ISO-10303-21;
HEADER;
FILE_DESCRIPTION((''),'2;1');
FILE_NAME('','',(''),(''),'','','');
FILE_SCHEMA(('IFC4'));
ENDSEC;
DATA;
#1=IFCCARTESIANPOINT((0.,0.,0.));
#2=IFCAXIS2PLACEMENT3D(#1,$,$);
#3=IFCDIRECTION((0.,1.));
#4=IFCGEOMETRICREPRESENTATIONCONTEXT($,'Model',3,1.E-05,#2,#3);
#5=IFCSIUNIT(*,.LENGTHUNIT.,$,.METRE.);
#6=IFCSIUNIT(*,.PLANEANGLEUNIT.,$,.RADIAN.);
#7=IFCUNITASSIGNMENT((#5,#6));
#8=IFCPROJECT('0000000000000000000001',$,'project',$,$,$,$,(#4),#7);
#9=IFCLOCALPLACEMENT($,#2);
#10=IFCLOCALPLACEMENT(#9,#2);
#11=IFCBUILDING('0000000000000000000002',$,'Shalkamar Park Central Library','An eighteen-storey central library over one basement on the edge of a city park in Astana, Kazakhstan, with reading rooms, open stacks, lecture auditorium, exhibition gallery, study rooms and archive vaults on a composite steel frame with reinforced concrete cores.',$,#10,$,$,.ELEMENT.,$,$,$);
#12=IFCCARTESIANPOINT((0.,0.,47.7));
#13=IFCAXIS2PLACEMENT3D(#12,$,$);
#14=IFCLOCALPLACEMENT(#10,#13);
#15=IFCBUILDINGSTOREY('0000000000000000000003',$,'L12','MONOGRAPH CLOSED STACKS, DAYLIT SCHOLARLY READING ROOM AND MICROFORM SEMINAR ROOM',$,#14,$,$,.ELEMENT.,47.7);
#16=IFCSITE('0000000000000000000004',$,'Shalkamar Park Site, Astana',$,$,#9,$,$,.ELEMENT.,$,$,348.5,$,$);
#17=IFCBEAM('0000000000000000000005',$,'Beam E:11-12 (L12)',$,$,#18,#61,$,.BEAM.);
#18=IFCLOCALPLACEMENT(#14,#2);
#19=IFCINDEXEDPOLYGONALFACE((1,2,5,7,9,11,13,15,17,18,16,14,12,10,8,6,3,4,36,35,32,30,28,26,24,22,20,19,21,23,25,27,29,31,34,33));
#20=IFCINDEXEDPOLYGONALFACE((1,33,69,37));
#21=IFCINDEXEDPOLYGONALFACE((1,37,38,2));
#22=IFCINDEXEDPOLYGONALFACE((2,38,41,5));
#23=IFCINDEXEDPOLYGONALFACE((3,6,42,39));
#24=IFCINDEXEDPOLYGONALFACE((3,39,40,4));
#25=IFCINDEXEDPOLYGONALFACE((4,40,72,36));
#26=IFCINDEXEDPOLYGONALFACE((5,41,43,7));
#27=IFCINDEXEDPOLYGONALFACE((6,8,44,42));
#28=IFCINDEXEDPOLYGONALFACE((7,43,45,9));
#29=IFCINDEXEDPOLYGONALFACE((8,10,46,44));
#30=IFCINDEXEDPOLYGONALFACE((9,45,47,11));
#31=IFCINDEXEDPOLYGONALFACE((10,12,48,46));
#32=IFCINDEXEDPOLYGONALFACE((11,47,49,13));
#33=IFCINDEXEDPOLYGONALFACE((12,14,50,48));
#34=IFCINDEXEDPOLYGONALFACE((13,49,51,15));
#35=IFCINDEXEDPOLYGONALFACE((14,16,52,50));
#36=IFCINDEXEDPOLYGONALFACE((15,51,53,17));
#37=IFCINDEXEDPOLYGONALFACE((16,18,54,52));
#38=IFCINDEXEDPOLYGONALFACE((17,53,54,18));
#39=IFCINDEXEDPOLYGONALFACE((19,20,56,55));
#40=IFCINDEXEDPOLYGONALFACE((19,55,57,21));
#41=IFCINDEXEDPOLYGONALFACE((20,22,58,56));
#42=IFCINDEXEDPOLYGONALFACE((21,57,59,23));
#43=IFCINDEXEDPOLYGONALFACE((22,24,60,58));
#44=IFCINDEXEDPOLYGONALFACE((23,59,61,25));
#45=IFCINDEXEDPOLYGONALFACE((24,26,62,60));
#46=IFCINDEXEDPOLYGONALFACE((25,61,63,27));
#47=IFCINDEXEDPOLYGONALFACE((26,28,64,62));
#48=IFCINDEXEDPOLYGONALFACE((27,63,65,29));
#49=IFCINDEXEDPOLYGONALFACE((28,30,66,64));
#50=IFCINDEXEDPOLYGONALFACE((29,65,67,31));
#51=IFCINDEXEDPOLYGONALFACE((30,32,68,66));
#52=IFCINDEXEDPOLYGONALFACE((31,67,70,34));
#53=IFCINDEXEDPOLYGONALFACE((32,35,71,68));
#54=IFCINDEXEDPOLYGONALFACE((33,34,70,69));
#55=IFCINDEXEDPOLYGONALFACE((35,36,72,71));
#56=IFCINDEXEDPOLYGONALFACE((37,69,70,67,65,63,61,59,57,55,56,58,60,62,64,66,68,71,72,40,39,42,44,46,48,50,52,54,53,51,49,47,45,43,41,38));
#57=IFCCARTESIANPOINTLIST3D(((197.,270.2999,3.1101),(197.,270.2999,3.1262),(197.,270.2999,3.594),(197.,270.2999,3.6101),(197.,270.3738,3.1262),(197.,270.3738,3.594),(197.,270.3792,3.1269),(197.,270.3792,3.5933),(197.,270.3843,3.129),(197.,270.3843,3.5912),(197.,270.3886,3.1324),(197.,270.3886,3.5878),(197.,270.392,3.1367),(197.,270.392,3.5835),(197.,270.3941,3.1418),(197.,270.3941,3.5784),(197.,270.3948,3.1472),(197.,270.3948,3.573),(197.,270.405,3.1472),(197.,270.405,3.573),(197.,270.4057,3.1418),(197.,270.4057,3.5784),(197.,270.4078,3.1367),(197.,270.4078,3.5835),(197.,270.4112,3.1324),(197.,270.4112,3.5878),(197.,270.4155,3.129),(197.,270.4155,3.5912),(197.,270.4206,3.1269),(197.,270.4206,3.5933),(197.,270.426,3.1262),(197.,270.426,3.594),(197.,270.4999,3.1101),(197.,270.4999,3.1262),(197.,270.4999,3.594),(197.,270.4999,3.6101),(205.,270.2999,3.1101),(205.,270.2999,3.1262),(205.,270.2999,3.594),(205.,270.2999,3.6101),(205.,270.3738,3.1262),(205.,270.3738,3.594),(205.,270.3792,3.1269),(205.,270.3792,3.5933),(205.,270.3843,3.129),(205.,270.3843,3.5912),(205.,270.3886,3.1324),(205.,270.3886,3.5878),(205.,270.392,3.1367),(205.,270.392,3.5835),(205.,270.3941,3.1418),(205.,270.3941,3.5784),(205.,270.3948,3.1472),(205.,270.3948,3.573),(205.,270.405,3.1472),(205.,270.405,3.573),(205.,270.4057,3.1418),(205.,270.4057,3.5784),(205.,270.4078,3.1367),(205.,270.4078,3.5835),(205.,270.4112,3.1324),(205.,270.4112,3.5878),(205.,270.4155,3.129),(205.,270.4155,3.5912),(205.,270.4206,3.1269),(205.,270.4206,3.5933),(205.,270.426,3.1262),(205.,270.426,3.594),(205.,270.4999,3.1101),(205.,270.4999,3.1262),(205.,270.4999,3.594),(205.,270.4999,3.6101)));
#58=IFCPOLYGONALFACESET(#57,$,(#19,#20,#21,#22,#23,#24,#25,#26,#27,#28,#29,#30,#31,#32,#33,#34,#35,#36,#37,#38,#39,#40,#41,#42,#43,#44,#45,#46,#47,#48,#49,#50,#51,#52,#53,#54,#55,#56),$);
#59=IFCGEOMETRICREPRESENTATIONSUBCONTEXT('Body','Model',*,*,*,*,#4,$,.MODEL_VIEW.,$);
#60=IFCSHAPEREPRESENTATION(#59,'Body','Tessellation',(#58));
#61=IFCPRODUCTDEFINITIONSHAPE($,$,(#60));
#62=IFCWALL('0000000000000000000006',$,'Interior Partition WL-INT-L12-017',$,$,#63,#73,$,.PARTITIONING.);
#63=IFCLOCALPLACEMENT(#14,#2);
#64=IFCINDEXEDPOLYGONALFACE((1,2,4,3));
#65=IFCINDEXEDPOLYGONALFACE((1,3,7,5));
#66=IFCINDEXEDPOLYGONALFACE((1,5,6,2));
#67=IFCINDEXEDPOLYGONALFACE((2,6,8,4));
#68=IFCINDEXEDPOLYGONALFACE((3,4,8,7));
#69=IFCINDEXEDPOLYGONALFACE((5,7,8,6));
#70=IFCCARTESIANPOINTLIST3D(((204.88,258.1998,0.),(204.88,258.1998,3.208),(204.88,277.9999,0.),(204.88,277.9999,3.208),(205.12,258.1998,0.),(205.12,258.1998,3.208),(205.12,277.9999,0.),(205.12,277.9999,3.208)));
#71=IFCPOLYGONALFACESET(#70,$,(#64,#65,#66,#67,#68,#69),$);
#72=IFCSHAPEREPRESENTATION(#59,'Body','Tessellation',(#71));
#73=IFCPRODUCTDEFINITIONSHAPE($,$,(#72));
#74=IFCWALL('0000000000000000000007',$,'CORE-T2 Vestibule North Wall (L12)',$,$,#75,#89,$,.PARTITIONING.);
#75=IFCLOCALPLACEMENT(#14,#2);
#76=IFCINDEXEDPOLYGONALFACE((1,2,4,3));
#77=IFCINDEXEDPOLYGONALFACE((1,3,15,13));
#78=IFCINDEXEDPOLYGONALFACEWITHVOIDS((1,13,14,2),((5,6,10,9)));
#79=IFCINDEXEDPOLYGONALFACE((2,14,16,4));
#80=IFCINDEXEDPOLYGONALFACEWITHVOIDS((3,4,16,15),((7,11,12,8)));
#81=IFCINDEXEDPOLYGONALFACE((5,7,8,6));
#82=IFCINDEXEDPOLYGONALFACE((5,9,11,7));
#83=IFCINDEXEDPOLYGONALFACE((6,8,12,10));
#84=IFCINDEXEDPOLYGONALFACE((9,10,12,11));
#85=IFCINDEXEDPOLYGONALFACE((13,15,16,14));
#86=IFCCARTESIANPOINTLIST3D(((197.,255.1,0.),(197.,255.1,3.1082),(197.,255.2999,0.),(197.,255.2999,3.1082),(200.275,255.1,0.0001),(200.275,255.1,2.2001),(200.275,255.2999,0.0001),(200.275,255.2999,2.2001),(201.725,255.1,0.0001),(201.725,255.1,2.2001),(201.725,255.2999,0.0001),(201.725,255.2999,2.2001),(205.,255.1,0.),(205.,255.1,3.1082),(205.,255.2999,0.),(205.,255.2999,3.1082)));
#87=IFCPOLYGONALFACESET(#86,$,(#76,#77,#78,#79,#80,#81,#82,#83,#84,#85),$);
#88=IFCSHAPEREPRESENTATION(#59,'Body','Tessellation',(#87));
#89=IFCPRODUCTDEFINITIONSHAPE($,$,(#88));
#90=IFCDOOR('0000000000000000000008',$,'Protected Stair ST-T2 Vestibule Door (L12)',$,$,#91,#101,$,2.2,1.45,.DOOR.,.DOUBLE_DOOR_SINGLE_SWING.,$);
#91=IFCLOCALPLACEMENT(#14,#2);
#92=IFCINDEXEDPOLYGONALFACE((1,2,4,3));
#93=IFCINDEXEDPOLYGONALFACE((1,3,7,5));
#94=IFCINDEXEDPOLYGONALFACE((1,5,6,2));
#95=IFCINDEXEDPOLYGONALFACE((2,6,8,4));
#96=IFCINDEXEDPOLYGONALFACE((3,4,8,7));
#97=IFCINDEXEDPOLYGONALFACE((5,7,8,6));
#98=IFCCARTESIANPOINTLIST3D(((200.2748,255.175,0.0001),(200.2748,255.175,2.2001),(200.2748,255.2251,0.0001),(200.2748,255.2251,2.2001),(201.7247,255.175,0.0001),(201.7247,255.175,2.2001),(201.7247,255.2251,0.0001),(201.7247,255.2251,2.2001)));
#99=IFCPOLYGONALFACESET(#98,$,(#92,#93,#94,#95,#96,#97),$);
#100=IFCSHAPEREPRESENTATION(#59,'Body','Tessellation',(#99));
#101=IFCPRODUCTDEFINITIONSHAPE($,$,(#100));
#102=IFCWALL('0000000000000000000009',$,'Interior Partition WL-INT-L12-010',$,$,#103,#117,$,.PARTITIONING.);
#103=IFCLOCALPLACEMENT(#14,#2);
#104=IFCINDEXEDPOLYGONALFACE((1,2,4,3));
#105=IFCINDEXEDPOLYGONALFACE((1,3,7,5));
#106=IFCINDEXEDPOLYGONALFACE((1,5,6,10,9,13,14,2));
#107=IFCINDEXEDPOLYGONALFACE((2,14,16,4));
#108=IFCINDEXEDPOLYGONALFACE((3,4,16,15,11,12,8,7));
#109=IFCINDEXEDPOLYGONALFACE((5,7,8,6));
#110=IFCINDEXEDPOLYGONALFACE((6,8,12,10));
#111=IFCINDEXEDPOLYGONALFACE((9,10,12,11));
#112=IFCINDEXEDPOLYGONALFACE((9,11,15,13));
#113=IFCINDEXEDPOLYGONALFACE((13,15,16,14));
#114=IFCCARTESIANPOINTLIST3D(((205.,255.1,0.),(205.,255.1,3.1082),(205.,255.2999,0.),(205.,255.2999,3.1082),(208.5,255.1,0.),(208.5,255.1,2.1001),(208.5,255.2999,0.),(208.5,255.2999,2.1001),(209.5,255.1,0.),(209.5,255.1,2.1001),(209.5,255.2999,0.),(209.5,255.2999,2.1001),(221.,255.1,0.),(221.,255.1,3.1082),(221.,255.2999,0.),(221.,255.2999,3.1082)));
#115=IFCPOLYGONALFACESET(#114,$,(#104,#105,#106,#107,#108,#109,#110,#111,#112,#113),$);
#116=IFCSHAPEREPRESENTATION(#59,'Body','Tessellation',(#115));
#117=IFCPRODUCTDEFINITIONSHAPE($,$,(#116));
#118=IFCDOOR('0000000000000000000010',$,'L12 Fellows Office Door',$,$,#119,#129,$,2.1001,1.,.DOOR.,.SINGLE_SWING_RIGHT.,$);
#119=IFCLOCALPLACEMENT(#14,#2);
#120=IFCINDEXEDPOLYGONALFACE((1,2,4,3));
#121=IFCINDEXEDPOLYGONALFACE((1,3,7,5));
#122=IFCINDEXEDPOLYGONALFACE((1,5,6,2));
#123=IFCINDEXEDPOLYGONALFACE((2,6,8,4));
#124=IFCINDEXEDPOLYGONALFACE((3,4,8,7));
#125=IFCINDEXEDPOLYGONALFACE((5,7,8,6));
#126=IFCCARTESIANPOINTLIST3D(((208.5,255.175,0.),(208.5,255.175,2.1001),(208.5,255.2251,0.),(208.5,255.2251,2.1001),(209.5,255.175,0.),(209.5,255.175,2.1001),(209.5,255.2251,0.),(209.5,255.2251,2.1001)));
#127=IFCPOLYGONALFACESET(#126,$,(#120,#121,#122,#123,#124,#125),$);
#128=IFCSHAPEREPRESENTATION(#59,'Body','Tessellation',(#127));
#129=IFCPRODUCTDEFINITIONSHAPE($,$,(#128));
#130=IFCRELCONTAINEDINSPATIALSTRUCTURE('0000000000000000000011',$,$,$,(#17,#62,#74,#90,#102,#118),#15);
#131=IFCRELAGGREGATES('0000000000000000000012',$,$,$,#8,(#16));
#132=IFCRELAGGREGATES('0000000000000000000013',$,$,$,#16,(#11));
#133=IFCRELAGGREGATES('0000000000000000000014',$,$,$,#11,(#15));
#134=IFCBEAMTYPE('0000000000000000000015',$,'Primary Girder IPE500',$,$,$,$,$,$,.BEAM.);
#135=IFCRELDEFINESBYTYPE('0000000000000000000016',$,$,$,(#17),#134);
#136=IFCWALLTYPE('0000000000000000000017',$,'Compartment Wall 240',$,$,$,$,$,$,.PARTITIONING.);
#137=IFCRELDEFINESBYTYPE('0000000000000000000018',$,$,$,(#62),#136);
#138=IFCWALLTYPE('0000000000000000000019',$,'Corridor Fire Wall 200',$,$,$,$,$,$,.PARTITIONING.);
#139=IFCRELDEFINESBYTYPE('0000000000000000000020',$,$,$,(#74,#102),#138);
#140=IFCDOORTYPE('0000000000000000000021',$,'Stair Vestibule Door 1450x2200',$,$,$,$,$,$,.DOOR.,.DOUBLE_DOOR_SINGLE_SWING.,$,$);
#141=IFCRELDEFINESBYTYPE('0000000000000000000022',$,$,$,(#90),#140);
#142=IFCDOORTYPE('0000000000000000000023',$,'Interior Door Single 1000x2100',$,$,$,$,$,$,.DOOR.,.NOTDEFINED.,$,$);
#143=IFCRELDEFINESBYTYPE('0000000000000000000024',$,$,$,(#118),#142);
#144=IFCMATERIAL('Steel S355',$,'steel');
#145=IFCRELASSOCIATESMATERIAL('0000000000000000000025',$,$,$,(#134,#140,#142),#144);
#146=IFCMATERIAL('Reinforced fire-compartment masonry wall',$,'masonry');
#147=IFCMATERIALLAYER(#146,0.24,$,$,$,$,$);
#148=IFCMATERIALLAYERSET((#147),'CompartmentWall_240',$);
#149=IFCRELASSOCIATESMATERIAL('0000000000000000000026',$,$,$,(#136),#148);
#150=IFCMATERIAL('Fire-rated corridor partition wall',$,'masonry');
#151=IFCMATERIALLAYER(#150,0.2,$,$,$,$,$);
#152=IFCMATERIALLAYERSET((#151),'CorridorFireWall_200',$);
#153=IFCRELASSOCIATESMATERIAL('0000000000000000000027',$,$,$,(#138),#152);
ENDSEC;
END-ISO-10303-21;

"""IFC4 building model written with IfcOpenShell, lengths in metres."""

from ifc_helpers import new_model, si_unit, direction, frame, frame_2d, origin, origin_2d, place, context, subcontext, project, spatial, rectangle, i_section, extrude, material, layer, layer_set, material_profile, profile_set, type_object, element, fill, save


model = new_model("IFC4")

# Units and contexts
model_context = context("Model", 3, precision=1e-05, world=origin(), true_north=direction((0.0, 1.0)))
body_context = subcontext(model_context, "Body", "Model", "MODEL_VIEW")
ifc_project = project(units=[si_unit("LENGTHUNIT", "METRE"), si_unit("PLANEANGLEUNIT", "RADIAN")], contexts=[model_context])

# Site, building, storey
site_placement = place(None, origin())
site = spatial("IfcSite", under=ifc_project, at=site_placement, Name="Shalkamar Park Site, Astana", CompositionType="ELEMENT", RefElevation=348.5)
building_placement = place(site_placement, origin())
building = spatial("IfcBuilding", under=site, at=building_placement, Name="Shalkamar Park Central Library", Description="An eighteen-storey central library over one basement on the edge of a city park in Astana, Kazakhstan, with reading rooms, open stacks, lecture auditorium, exhibition gallery, study rooms and archive vaults on a composite steel frame with reinforced concrete cores.", CompositionType="ELEMENT")
storey_placement = place(building_placement, frame((0.0, 0.0, 47.7)))
storey = spatial("IfcBuildingStorey", under=building, at=storey_placement, Name="L12", Description="MONOGRAPH CLOSED STACKS, DAYLIT SCHOLARLY READING ROOM AND MICROFORM SEMINAR ROOM", CompositionType="ELEMENT", Elevation=47.7)

# Shared definitions
ifc_material_1 = material(Name="Steel S355", Category="steel")

# Beam
ifc_material_profile_1 = material_profile(ifc_material_1, i_section(OverallWidth=0.2, OverallDepth=0.5, WebThickness=0.0103, FlangeThickness=0.0161, FilletRadius=0.021, at=origin_2d()), Name="IPE 500")
ifc_profile_set_1 = profile_set([ifc_material_profile_1], Name="Steel S355")
beam_type_1 = type_object("IfcBeamType", Name="Primary Girder IPE500", PredefinedType="BEAM", material=ifc_profile_set_1)
for number, where, z_axis, x_axis, name in (
    (1, (197.0, 270.3999, 3.3601), (1.0, 0.0, 0.0), (0.0, 1.0, 0.0), "Beam E:11-12 (L12)"),
):
    element("IfcBeam", number, at=place(storey_placement, frame(where, z_axis=z_axis, x_axis=x_axis)), inside=storey, type_object=beam_type_1, Name=name, PredefinedType="BEAM", context=body_context, shape_type="SweptSolid", body=[
        extrude(i_section(OverallWidth=0.2, OverallDepth=0.5, WebThickness=0.0103, FlangeThickness=0.0161, FilletRadius=0.021, at=origin_2d()), origin(), (0.0, 0.0, 1.0), 8.0),
    ])

# Wall
ifc_material_2 = material(Name="Reinforced fire-compartment masonry wall", Category="masonry")
ifc_layer_1 = layer(ifc_material_2, 0.24)
ifc_layer_set_1 = layer_set([ifc_layer_1], Name="CompartmentWall_240")
wall_type_1 = type_object("IfcWallType", Name="Compartment Wall 240", PredefinedType="PARTITIONING", material=ifc_layer_set_1)
wall_1_placement = place(storey_placement, frame((205.0, 258.2, 0.0), z_axis=(0.0, 0.0, 1.0), x_axis=(0.0, 1.0, 0.0)))
element("IfcWall", 2, at=wall_1_placement, inside=storey, type_object=wall_type_1, Name="Interior Partition WL-INT-L12-017", PredefinedType="PARTITIONING", context=body_context, shape_type="SweptSolid", body=[
    extrude(rectangle(XDim=19.8, YDim=0.24, at=frame_2d((9.8999, 0.0))), origin(), (0.0, 0.0, 1.0), 3.208),
])

# Walls, openings, doors
ifc_material_3 = material(Name="Fire-rated corridor partition wall", Category="masonry")
ifc_layer_2 = layer(ifc_material_3, 0.2)
ifc_layer_set_2 = layer_set([ifc_layer_2], Name="CorridorFireWall_200")
wall_type_2 = type_object("IfcWallType", Name="Corridor Fire Wall 200", PredefinedType="PARTITIONING", material=ifc_layer_set_2)
wall_2_placement = place(storey_placement, frame((197.0, 255.2, 0.0), z_axis=(0.0, 0.0, 1.0), x_axis=(1.0, 0.0, 0.0)))
wall_2 = element("IfcWall", 3, at=wall_2_placement, inside=storey, type_object=wall_type_2, Name="CORE-T2 Vestibule North Wall (L12)", PredefinedType="PARTITIONING", context=body_context, shape_type="SweptSolid", body=[
    extrude(rectangle(XDim=8.0, YDim=0.2, at=frame_2d((4.0, 0.0))), origin(), (0.0, 0.0, 1.0), 3.1082),
])
opening_1_placement = place(wall_2_placement, frame((3.2749, 0.0, 0.0)))
opening_1 = element("IfcOpeningElement", 4, at=opening_1_placement, cuts=wall_2, PredefinedType="OPENING", context=body_context, shape_type="SweptSolid", body=[
    extrude(rectangle(XDim=1.45, YDim=2.2, at=frame_2d((0.7251, 1.1001))), frame((0.0, 0.1147, 0.0), z_axis=(0.0, -1.0, 0.0), x_axis=(1.0, 0.0, 0.0)), (0.0, 0.0, 1.0), 0.2297),
])
door_type_1 = type_object("IfcDoorType", Name="Stair Vestibule Door 1450x2200", OperationType="DOUBLE_DOOR_SINGLE_SWING", PredefinedType="DOOR", material=ifc_material_1)
door_1_placement = place(opening_1_placement, frame((1.45, 0.0, 0.0), z_axis=(0.0, 0.0, 1.0), x_axis=(-1.0, 0.0, 0.0)))
door_1 = element("IfcDoor", 5, at=door_1_placement, inside=storey, type_object=door_type_1, Name="Protected Stair ST-T2 Vestibule Door (L12)", OperationType="DOUBLE_DOOR_SINGLE_SWING", OverallHeight=2.2, OverallWidth=1.45, PredefinedType="DOOR", context=body_context, shape_type="SweptSolid", body=[
    extrude(rectangle(XDim=1.45, YDim=2.2, at=frame_2d((0.7251, 1.1001))), frame((0.0, 0.0249, 0.0), z_axis=(0.0, -1.0, 0.0), x_axis=(1.0, 0.0, 0.0)), (0.0, 0.0, 1.0), 0.05),
])
fill(opening_1, door_1)
wall_3_placement = place(storey_placement, frame((205.0, 255.2, 0.0), z_axis=(0.0, 0.0, 1.0), x_axis=(1.0, 0.0, 0.0)))
wall_3 = element("IfcWall", 6, at=wall_3_placement, inside=storey, type_object=wall_type_2, Name="Interior Partition WL-INT-L12-010", PredefinedType="PARTITIONING", context=body_context, shape_type="SweptSolid", body=[
    extrude(rectangle(XDim=16.0, YDim=0.2, at=frame_2d((8.0, 0.0))), origin(), (0.0, 0.0, 1.0), 3.1082),
])
opening_2_placement = place(wall_3_placement, frame((3.5, 0.0, 0.0)))
opening_2 = element("IfcOpeningElement", 7, at=opening_2_placement, cuts=wall_3, PredefinedType="OPENING", context=body_context, shape_type="SweptSolid", body=[
    extrude(rectangle(XDim=1.0, YDim=2.1001, at=frame_2d((0.5, 1.05))), frame((0.0, 0.1147, 0.0), z_axis=(0.0, -1.0, 0.0), x_axis=(1.0, 0.0, 0.0)), (0.0, 0.0, 1.0), 0.2297),
])
door_type_2 = type_object("IfcDoorType", Name="Interior Door Single 1000x2100", OperationType="NOTDEFINED", PredefinedType="DOOR", material=ifc_material_1)
door_2_placement = place(opening_2_placement, frame((1.0, 0.0, 0.0), z_axis=(0.0, 0.0, 1.0), x_axis=(-1.0, 0.0, 0.0)))
door_2 = element("IfcDoor", 8, at=door_2_placement, inside=storey, type_object=door_type_2, Name="L12 Fellows Office Door", OperationType="SINGLE_SWING_RIGHT", OverallHeight=2.1001, OverallWidth=1.0, PredefinedType="DOOR", context=body_context, shape_type="SweptSolid", body=[
    extrude(rectangle(XDim=1.0, YDim=2.1001, at=frame_2d((0.5, 1.05))), frame((0.0, 0.0249, 0.0), z_axis=(0.0, -1.0, 0.0), x_axis=(1.0, 0.0, 0.0)), (0.0, 0.0, 1.0), 0.05),
])
fill(opening_2, door_2)

save(model, "model.ifc")
